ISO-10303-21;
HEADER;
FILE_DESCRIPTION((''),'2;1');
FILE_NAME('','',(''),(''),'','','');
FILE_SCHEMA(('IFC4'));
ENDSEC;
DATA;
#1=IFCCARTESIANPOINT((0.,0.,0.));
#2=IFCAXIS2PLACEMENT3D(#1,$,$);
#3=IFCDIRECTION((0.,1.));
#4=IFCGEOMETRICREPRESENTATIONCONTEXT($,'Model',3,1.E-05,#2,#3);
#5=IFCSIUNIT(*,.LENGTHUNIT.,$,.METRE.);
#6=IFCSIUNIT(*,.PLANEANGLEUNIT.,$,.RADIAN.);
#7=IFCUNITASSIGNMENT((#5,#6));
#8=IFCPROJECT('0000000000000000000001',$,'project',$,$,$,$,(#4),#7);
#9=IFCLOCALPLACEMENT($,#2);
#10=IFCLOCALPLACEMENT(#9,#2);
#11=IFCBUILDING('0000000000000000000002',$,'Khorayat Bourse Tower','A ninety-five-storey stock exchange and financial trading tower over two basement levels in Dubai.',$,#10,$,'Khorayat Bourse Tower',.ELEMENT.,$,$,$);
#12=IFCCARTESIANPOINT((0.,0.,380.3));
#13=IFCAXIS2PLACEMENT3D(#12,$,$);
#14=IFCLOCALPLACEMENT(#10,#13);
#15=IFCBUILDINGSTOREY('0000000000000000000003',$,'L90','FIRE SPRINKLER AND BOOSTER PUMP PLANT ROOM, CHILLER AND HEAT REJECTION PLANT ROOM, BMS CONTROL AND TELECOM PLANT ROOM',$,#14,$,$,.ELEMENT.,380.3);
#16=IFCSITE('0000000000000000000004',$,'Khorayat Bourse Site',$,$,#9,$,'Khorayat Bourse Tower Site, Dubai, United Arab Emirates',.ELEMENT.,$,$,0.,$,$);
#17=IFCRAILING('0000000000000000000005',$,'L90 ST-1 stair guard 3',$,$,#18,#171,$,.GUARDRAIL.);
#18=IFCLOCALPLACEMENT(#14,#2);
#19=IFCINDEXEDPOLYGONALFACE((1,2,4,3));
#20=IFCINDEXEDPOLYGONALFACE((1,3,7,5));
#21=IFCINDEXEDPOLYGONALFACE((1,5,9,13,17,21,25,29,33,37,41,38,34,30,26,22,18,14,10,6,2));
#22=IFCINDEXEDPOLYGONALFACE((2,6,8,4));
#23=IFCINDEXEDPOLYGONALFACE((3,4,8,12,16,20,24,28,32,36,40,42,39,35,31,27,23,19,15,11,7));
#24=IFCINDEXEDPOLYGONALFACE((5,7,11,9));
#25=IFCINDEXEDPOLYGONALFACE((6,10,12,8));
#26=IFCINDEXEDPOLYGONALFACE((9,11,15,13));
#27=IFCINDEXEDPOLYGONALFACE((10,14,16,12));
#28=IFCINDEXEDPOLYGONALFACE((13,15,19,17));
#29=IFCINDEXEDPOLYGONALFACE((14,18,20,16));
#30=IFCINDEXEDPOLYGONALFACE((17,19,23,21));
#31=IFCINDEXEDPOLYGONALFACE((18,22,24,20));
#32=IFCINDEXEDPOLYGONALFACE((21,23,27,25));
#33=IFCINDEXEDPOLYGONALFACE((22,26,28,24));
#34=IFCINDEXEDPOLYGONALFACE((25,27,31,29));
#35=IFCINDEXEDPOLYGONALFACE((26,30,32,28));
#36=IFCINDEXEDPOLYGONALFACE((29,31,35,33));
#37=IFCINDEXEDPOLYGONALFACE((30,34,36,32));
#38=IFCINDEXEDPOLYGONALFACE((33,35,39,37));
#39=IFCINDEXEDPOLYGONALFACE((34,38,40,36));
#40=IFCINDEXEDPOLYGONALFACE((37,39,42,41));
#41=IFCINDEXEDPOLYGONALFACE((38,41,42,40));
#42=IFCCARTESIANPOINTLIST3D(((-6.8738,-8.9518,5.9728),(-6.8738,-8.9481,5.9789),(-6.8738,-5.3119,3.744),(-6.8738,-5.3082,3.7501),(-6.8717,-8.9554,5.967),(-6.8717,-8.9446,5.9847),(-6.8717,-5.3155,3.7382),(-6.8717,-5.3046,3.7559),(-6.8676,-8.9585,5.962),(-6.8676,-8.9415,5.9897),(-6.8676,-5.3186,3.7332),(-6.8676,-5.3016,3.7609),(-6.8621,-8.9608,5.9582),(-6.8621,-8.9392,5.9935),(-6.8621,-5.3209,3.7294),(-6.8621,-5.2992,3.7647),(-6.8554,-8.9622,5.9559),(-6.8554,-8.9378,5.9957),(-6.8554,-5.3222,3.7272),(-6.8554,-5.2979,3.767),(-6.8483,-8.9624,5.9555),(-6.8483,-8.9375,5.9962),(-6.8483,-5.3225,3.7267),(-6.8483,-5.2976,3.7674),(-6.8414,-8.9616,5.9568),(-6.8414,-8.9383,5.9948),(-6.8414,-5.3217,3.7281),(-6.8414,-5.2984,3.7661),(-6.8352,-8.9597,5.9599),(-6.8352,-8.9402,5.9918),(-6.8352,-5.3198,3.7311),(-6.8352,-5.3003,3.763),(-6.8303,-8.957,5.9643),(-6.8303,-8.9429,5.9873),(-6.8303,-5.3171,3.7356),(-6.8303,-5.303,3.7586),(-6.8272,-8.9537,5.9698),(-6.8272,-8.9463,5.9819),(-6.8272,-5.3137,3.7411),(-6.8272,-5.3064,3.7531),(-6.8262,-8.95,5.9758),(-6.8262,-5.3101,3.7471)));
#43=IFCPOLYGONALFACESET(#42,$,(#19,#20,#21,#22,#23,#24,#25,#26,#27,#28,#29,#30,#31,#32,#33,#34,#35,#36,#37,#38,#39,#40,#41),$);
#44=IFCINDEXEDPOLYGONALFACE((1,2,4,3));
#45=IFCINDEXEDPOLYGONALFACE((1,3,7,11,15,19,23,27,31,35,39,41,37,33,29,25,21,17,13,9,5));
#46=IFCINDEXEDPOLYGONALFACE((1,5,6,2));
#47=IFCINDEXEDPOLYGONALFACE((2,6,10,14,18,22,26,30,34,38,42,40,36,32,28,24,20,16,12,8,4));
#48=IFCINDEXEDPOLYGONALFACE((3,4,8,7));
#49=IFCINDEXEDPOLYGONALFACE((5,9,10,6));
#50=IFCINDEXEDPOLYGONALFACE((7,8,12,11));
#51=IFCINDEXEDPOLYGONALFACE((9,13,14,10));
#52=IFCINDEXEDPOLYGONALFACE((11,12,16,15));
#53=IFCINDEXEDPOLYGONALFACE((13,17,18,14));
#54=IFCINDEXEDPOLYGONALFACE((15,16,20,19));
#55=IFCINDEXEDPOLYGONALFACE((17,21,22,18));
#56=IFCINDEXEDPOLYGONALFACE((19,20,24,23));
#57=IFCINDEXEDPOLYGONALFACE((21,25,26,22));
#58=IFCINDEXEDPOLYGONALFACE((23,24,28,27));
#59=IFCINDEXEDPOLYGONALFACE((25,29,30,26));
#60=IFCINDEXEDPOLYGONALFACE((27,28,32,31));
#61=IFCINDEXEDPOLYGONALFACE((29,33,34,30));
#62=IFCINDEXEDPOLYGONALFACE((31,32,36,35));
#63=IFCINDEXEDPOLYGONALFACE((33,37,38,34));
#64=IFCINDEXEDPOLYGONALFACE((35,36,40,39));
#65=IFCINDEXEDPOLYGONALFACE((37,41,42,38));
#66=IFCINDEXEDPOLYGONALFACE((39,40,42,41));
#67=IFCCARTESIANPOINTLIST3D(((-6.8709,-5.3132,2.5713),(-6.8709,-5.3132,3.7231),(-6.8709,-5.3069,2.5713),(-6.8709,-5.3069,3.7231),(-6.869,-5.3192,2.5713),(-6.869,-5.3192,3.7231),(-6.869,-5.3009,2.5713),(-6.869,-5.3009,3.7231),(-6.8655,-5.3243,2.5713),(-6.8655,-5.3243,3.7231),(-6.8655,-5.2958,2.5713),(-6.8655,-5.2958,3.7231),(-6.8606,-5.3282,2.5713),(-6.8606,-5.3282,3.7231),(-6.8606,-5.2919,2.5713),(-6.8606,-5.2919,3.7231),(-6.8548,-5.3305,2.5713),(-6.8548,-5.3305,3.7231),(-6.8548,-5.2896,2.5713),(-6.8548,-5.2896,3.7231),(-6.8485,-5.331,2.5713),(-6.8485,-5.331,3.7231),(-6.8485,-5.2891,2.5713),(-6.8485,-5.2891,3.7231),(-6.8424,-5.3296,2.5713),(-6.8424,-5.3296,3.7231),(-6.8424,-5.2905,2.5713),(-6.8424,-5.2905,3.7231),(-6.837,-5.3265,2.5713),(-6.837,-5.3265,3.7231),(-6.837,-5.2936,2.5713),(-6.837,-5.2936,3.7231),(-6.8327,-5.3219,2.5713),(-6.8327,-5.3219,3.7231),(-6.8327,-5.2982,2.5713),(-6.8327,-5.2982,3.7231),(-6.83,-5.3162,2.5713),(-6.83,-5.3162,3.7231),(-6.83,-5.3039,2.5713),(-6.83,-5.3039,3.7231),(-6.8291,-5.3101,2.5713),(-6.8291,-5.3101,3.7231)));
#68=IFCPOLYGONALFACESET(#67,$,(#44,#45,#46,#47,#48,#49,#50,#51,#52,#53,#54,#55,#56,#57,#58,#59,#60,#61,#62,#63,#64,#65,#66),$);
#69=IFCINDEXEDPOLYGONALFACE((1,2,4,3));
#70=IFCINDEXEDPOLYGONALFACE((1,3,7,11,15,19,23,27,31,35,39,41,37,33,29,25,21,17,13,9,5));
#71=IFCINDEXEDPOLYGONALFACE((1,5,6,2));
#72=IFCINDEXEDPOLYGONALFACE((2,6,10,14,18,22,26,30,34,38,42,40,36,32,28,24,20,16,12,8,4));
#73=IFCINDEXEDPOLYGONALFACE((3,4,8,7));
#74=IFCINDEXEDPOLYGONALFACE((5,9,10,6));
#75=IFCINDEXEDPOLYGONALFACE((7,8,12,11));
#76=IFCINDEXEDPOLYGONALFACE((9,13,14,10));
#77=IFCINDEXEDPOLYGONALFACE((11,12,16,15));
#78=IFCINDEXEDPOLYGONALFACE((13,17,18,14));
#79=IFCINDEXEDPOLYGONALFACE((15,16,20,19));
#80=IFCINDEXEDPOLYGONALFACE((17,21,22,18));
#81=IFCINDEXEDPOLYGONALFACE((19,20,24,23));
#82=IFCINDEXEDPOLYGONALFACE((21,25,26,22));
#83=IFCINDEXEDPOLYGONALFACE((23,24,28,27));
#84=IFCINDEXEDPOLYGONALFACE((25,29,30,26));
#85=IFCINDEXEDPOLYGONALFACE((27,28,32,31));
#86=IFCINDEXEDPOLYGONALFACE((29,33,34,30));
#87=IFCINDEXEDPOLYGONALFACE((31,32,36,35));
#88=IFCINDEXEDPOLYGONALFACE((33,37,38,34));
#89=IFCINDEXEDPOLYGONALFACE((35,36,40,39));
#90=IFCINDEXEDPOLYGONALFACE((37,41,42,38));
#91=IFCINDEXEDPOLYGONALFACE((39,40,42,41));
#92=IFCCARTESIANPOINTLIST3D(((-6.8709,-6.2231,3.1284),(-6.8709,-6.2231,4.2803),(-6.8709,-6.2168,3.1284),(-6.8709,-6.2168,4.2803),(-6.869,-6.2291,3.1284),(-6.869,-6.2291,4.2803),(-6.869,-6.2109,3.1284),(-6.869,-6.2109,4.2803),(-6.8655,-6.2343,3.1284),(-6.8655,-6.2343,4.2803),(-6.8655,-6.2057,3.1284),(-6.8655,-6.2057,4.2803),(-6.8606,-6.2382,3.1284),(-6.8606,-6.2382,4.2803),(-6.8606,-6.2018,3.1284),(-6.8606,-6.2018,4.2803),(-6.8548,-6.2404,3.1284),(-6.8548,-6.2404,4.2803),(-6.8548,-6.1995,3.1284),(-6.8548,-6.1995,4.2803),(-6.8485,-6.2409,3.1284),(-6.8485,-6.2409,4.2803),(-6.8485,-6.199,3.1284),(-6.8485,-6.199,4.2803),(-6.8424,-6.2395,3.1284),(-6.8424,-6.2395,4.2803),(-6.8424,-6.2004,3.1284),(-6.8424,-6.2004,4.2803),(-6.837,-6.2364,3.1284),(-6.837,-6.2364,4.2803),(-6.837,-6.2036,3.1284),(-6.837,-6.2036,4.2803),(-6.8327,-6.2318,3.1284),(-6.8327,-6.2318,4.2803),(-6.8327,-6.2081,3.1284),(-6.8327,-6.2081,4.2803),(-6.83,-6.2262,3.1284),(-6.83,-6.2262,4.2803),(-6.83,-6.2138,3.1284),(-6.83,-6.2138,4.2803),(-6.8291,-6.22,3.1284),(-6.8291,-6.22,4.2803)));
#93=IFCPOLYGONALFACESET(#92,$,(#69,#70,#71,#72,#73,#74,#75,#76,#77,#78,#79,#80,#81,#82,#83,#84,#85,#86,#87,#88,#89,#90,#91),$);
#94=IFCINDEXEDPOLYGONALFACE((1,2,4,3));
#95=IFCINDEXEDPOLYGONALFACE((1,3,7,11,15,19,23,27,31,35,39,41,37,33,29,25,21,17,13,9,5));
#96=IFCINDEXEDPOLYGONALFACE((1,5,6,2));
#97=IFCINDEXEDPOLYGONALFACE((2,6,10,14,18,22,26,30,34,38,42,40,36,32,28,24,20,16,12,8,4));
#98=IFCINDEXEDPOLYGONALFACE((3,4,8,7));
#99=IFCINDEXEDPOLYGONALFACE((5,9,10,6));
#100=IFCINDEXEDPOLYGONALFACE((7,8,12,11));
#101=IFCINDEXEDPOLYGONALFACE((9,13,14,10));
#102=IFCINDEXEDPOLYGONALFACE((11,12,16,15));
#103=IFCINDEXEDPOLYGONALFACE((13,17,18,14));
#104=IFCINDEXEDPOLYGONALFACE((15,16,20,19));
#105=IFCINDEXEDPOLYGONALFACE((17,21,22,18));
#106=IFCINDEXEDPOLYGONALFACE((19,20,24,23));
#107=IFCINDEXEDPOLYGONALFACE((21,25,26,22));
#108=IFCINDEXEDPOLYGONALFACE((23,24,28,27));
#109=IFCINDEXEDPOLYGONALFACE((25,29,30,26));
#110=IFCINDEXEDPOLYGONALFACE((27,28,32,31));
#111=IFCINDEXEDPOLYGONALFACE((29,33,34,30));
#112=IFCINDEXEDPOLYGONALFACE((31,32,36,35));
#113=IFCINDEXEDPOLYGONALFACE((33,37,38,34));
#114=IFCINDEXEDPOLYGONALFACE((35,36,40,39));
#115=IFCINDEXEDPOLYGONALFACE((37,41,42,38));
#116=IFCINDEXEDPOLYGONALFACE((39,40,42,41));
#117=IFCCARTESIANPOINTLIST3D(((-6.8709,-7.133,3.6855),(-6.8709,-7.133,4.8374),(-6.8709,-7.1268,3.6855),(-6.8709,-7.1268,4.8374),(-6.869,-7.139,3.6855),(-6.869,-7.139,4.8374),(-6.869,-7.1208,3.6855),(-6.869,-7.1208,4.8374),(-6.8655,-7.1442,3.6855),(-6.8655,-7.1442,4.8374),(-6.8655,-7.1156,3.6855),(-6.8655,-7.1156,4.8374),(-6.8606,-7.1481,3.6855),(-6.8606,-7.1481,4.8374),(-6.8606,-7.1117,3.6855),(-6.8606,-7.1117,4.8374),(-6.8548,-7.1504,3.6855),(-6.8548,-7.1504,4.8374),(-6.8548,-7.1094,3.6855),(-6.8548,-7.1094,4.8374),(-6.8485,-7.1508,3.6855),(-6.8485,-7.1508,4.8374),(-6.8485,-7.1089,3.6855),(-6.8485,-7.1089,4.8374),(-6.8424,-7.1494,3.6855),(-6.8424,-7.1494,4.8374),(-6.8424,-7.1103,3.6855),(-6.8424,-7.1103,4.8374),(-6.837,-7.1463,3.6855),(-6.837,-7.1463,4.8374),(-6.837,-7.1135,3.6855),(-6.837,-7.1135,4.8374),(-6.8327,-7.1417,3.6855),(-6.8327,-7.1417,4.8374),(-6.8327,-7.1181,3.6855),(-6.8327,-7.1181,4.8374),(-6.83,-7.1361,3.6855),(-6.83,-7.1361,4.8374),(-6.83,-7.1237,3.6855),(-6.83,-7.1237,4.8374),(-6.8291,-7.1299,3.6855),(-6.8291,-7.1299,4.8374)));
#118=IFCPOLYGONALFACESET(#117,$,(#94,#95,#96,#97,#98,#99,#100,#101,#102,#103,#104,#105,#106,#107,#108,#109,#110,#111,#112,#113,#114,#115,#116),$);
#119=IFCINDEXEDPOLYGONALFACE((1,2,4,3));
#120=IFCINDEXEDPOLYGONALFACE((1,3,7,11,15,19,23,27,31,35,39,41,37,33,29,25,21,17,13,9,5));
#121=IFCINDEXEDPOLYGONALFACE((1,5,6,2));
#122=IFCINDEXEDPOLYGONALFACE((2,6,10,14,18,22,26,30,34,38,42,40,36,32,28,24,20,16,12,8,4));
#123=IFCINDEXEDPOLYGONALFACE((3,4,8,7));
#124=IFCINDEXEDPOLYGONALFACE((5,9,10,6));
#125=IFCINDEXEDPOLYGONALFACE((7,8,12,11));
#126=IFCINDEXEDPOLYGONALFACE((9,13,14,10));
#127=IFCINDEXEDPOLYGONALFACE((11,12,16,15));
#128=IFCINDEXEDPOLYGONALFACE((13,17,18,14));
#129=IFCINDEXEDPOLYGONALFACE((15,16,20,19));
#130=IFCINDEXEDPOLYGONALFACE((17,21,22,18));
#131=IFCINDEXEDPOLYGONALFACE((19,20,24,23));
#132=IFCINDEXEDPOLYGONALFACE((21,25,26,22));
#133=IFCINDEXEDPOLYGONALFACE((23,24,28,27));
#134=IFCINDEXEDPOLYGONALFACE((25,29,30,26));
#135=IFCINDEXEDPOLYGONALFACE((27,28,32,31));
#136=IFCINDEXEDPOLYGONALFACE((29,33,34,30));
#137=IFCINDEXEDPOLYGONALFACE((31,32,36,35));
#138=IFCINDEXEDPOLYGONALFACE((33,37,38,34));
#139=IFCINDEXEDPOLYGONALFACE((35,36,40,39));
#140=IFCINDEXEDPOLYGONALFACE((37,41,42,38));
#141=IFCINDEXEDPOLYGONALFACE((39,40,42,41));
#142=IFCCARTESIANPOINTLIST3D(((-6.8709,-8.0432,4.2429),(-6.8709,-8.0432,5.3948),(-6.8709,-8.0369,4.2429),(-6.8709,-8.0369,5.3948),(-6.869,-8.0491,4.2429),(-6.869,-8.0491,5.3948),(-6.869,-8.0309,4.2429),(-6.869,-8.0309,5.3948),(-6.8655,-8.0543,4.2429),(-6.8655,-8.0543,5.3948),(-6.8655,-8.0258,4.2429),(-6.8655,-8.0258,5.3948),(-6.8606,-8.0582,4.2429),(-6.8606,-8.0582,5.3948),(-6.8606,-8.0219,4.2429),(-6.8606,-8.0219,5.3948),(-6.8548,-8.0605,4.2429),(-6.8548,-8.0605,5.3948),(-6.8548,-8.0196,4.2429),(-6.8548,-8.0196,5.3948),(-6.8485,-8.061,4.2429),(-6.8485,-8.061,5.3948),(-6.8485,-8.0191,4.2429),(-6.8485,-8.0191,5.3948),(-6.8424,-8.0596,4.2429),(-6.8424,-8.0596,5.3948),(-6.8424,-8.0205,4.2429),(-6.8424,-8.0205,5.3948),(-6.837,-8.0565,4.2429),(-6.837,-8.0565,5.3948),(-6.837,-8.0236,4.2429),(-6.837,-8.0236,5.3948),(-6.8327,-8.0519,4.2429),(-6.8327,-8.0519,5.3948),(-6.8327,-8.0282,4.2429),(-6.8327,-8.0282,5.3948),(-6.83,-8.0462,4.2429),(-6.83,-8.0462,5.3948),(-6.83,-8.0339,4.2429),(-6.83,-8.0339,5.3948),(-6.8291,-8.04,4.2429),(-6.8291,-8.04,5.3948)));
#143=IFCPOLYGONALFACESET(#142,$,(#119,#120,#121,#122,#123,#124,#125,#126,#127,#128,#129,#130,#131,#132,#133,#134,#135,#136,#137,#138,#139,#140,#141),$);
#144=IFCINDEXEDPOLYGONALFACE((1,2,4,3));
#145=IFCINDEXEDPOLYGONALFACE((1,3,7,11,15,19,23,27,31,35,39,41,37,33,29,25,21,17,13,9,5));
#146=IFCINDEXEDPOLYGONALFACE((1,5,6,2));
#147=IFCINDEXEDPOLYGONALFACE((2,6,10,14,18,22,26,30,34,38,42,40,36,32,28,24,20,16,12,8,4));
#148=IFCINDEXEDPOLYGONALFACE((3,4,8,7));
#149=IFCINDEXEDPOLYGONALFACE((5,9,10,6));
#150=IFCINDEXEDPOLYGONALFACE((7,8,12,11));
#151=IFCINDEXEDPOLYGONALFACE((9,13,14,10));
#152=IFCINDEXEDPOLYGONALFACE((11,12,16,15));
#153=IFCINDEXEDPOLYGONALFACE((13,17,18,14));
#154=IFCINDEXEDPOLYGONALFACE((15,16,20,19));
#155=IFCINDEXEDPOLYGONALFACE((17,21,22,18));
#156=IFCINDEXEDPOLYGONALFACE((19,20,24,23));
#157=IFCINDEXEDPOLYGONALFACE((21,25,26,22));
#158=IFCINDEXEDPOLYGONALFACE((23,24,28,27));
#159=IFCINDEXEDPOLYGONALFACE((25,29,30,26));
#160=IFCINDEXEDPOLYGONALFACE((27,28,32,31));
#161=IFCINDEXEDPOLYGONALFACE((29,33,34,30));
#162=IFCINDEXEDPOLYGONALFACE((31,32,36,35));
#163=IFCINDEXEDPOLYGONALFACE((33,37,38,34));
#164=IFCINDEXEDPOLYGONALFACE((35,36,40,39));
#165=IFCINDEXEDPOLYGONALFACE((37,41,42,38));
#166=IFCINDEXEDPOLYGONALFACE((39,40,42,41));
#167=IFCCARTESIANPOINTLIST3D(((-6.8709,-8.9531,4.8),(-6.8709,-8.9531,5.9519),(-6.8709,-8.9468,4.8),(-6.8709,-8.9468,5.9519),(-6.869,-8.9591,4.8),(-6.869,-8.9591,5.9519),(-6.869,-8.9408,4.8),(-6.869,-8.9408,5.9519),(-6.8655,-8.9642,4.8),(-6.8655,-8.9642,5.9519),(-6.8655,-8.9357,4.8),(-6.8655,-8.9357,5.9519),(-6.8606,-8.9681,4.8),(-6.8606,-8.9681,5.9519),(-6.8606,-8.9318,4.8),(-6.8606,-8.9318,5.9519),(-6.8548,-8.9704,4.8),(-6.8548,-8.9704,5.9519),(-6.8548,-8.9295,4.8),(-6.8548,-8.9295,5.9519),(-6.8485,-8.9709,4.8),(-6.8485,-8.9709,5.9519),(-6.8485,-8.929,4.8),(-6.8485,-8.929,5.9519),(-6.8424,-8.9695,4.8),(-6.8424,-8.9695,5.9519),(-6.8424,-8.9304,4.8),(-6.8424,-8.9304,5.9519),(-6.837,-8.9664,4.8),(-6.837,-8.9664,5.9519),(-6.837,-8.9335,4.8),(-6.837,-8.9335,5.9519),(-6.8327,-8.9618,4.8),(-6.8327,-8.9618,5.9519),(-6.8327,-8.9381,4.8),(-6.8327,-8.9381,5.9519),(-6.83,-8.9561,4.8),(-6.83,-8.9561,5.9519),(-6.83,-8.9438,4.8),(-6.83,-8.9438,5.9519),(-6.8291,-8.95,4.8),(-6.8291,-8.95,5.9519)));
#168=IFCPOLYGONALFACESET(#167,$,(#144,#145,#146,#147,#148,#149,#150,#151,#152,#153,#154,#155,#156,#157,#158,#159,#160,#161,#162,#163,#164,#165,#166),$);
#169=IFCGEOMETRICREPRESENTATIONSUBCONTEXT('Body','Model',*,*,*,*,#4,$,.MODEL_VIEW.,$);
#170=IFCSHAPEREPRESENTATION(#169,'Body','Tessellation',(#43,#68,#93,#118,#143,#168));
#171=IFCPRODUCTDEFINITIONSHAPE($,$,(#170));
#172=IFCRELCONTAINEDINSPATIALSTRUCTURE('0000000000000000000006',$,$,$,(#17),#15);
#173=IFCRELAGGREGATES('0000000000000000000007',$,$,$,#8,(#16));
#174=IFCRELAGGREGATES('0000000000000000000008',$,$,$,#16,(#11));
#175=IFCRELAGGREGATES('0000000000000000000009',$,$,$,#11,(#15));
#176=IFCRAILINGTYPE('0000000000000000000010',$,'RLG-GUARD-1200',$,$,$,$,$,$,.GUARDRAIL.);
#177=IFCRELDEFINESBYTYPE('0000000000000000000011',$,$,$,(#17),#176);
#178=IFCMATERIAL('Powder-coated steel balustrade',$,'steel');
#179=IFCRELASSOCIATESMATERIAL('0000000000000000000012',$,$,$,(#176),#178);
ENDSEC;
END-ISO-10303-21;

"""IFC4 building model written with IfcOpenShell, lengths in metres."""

from ifc_helpers import new_model, si_unit, direction, frame, origin, origin_2d, place, context, subcontext, project, spatial, circle, extrude, source, transform, mapped, material, type_object, element, save


model = new_model("IFC4")

# Units and contexts
model_context = context("Model", 3, precision=1e-05, world=origin(), true_north=direction((0.0, 1.0)))
body_context = subcontext(model_context, "Body", "Model", "MODEL_VIEW")
ifc_project = project(units=[si_unit("LENGTHUNIT", "METRE"), si_unit("PLANEANGLEUNIT", "RADIAN")], contexts=[model_context])

# Site, building, storey
site_placement = place(None, origin())
site = spatial("IfcSite", under=ifc_project, at=site_placement, Name="Khorayat Bourse Site", LongName="Khorayat Bourse Tower Site, Dubai, United Arab Emirates", CompositionType="ELEMENT", RefElevation=0.0)
building_placement = place(site_placement, origin())
building = spatial("IfcBuilding", under=site, at=building_placement, Name="Khorayat Bourse Tower", Description="A ninety-five-storey stock exchange and financial trading tower over two basement levels in Dubai.", LongName="Khorayat Bourse Tower", CompositionType="ELEMENT")
storey_placement = place(building_placement, frame((0.0, 0.0, 380.3)))
storey = spatial("IfcBuildingStorey", under=building, at=storey_placement, Name="L90", Description="FIRE SPRINKLER AND BOOSTER PUMP PLANT ROOM, CHILLER AND HEAT REJECTION PLANT ROOM, BMS CONTROL AND TELECOM PLANT ROOM", CompositionType="ELEMENT", Elevation=380.3)

# Railing
ifc_material_1 = material(Name="Powder-coated steel balustrade", Category="steel")
railing_type_1 = type_object("IfcRailingType", Name="RLG-GUARD-1200", PredefinedType="GUARDRAIL", material=ifc_material_1)
shared_shape_1 = source(origin(), body_context, "Body", "SweptSolid", [
    extrude(circle(Radius=0.0239, at=origin_2d()), frame((0.0, 0.0, 1.1758), z_axis=(0.0, -0.852825, 0.522197), x_axis=(1.0, 0.0, 0.0)), (0.0, 0.0, 1.0), 4.2681),
    extrude(circle(Radius=0.021, at=origin_2d()), origin(), (0.0, 0.0, 1.0), 1.1519),
    extrude(circle(Radius=0.021, at=origin_2d()), frame((0.0, -0.9099, 0.5571)), (0.0, 0.0, 1.0), 1.1519),
    extrude(circle(Radius=0.021, at=origin_2d()), frame((0.0, -1.8198, 1.1143)), (0.0, 0.0, 1.0), 1.1519),
    extrude(circle(Radius=0.021, at=origin_2d()), frame((0.0, -2.73, 1.6716)), (0.0, 0.0, 1.0), 1.1519),
    extrude(circle(Radius=0.021, at=origin_2d()), frame((0.0, -3.6399, 2.2288)), (0.0, 0.0, 1.0), 1.1519),
])
railing_1_placement = place(storey_placement, frame((-6.8501, -5.3101, 2.5713)))
element("IfcRailing", 1, at=railing_1_placement, inside=storey, type_object=railing_type_1, Name="L90 ST-1 stair guard 3", PredefinedType="GUARDRAIL", context=body_context, shape_type="MappedRepresentation", body=[
    mapped(shared_shape_1, transform((0.0, 0.0, 0.0), scale=1.0)),
])

save(model, "model.ifc")
